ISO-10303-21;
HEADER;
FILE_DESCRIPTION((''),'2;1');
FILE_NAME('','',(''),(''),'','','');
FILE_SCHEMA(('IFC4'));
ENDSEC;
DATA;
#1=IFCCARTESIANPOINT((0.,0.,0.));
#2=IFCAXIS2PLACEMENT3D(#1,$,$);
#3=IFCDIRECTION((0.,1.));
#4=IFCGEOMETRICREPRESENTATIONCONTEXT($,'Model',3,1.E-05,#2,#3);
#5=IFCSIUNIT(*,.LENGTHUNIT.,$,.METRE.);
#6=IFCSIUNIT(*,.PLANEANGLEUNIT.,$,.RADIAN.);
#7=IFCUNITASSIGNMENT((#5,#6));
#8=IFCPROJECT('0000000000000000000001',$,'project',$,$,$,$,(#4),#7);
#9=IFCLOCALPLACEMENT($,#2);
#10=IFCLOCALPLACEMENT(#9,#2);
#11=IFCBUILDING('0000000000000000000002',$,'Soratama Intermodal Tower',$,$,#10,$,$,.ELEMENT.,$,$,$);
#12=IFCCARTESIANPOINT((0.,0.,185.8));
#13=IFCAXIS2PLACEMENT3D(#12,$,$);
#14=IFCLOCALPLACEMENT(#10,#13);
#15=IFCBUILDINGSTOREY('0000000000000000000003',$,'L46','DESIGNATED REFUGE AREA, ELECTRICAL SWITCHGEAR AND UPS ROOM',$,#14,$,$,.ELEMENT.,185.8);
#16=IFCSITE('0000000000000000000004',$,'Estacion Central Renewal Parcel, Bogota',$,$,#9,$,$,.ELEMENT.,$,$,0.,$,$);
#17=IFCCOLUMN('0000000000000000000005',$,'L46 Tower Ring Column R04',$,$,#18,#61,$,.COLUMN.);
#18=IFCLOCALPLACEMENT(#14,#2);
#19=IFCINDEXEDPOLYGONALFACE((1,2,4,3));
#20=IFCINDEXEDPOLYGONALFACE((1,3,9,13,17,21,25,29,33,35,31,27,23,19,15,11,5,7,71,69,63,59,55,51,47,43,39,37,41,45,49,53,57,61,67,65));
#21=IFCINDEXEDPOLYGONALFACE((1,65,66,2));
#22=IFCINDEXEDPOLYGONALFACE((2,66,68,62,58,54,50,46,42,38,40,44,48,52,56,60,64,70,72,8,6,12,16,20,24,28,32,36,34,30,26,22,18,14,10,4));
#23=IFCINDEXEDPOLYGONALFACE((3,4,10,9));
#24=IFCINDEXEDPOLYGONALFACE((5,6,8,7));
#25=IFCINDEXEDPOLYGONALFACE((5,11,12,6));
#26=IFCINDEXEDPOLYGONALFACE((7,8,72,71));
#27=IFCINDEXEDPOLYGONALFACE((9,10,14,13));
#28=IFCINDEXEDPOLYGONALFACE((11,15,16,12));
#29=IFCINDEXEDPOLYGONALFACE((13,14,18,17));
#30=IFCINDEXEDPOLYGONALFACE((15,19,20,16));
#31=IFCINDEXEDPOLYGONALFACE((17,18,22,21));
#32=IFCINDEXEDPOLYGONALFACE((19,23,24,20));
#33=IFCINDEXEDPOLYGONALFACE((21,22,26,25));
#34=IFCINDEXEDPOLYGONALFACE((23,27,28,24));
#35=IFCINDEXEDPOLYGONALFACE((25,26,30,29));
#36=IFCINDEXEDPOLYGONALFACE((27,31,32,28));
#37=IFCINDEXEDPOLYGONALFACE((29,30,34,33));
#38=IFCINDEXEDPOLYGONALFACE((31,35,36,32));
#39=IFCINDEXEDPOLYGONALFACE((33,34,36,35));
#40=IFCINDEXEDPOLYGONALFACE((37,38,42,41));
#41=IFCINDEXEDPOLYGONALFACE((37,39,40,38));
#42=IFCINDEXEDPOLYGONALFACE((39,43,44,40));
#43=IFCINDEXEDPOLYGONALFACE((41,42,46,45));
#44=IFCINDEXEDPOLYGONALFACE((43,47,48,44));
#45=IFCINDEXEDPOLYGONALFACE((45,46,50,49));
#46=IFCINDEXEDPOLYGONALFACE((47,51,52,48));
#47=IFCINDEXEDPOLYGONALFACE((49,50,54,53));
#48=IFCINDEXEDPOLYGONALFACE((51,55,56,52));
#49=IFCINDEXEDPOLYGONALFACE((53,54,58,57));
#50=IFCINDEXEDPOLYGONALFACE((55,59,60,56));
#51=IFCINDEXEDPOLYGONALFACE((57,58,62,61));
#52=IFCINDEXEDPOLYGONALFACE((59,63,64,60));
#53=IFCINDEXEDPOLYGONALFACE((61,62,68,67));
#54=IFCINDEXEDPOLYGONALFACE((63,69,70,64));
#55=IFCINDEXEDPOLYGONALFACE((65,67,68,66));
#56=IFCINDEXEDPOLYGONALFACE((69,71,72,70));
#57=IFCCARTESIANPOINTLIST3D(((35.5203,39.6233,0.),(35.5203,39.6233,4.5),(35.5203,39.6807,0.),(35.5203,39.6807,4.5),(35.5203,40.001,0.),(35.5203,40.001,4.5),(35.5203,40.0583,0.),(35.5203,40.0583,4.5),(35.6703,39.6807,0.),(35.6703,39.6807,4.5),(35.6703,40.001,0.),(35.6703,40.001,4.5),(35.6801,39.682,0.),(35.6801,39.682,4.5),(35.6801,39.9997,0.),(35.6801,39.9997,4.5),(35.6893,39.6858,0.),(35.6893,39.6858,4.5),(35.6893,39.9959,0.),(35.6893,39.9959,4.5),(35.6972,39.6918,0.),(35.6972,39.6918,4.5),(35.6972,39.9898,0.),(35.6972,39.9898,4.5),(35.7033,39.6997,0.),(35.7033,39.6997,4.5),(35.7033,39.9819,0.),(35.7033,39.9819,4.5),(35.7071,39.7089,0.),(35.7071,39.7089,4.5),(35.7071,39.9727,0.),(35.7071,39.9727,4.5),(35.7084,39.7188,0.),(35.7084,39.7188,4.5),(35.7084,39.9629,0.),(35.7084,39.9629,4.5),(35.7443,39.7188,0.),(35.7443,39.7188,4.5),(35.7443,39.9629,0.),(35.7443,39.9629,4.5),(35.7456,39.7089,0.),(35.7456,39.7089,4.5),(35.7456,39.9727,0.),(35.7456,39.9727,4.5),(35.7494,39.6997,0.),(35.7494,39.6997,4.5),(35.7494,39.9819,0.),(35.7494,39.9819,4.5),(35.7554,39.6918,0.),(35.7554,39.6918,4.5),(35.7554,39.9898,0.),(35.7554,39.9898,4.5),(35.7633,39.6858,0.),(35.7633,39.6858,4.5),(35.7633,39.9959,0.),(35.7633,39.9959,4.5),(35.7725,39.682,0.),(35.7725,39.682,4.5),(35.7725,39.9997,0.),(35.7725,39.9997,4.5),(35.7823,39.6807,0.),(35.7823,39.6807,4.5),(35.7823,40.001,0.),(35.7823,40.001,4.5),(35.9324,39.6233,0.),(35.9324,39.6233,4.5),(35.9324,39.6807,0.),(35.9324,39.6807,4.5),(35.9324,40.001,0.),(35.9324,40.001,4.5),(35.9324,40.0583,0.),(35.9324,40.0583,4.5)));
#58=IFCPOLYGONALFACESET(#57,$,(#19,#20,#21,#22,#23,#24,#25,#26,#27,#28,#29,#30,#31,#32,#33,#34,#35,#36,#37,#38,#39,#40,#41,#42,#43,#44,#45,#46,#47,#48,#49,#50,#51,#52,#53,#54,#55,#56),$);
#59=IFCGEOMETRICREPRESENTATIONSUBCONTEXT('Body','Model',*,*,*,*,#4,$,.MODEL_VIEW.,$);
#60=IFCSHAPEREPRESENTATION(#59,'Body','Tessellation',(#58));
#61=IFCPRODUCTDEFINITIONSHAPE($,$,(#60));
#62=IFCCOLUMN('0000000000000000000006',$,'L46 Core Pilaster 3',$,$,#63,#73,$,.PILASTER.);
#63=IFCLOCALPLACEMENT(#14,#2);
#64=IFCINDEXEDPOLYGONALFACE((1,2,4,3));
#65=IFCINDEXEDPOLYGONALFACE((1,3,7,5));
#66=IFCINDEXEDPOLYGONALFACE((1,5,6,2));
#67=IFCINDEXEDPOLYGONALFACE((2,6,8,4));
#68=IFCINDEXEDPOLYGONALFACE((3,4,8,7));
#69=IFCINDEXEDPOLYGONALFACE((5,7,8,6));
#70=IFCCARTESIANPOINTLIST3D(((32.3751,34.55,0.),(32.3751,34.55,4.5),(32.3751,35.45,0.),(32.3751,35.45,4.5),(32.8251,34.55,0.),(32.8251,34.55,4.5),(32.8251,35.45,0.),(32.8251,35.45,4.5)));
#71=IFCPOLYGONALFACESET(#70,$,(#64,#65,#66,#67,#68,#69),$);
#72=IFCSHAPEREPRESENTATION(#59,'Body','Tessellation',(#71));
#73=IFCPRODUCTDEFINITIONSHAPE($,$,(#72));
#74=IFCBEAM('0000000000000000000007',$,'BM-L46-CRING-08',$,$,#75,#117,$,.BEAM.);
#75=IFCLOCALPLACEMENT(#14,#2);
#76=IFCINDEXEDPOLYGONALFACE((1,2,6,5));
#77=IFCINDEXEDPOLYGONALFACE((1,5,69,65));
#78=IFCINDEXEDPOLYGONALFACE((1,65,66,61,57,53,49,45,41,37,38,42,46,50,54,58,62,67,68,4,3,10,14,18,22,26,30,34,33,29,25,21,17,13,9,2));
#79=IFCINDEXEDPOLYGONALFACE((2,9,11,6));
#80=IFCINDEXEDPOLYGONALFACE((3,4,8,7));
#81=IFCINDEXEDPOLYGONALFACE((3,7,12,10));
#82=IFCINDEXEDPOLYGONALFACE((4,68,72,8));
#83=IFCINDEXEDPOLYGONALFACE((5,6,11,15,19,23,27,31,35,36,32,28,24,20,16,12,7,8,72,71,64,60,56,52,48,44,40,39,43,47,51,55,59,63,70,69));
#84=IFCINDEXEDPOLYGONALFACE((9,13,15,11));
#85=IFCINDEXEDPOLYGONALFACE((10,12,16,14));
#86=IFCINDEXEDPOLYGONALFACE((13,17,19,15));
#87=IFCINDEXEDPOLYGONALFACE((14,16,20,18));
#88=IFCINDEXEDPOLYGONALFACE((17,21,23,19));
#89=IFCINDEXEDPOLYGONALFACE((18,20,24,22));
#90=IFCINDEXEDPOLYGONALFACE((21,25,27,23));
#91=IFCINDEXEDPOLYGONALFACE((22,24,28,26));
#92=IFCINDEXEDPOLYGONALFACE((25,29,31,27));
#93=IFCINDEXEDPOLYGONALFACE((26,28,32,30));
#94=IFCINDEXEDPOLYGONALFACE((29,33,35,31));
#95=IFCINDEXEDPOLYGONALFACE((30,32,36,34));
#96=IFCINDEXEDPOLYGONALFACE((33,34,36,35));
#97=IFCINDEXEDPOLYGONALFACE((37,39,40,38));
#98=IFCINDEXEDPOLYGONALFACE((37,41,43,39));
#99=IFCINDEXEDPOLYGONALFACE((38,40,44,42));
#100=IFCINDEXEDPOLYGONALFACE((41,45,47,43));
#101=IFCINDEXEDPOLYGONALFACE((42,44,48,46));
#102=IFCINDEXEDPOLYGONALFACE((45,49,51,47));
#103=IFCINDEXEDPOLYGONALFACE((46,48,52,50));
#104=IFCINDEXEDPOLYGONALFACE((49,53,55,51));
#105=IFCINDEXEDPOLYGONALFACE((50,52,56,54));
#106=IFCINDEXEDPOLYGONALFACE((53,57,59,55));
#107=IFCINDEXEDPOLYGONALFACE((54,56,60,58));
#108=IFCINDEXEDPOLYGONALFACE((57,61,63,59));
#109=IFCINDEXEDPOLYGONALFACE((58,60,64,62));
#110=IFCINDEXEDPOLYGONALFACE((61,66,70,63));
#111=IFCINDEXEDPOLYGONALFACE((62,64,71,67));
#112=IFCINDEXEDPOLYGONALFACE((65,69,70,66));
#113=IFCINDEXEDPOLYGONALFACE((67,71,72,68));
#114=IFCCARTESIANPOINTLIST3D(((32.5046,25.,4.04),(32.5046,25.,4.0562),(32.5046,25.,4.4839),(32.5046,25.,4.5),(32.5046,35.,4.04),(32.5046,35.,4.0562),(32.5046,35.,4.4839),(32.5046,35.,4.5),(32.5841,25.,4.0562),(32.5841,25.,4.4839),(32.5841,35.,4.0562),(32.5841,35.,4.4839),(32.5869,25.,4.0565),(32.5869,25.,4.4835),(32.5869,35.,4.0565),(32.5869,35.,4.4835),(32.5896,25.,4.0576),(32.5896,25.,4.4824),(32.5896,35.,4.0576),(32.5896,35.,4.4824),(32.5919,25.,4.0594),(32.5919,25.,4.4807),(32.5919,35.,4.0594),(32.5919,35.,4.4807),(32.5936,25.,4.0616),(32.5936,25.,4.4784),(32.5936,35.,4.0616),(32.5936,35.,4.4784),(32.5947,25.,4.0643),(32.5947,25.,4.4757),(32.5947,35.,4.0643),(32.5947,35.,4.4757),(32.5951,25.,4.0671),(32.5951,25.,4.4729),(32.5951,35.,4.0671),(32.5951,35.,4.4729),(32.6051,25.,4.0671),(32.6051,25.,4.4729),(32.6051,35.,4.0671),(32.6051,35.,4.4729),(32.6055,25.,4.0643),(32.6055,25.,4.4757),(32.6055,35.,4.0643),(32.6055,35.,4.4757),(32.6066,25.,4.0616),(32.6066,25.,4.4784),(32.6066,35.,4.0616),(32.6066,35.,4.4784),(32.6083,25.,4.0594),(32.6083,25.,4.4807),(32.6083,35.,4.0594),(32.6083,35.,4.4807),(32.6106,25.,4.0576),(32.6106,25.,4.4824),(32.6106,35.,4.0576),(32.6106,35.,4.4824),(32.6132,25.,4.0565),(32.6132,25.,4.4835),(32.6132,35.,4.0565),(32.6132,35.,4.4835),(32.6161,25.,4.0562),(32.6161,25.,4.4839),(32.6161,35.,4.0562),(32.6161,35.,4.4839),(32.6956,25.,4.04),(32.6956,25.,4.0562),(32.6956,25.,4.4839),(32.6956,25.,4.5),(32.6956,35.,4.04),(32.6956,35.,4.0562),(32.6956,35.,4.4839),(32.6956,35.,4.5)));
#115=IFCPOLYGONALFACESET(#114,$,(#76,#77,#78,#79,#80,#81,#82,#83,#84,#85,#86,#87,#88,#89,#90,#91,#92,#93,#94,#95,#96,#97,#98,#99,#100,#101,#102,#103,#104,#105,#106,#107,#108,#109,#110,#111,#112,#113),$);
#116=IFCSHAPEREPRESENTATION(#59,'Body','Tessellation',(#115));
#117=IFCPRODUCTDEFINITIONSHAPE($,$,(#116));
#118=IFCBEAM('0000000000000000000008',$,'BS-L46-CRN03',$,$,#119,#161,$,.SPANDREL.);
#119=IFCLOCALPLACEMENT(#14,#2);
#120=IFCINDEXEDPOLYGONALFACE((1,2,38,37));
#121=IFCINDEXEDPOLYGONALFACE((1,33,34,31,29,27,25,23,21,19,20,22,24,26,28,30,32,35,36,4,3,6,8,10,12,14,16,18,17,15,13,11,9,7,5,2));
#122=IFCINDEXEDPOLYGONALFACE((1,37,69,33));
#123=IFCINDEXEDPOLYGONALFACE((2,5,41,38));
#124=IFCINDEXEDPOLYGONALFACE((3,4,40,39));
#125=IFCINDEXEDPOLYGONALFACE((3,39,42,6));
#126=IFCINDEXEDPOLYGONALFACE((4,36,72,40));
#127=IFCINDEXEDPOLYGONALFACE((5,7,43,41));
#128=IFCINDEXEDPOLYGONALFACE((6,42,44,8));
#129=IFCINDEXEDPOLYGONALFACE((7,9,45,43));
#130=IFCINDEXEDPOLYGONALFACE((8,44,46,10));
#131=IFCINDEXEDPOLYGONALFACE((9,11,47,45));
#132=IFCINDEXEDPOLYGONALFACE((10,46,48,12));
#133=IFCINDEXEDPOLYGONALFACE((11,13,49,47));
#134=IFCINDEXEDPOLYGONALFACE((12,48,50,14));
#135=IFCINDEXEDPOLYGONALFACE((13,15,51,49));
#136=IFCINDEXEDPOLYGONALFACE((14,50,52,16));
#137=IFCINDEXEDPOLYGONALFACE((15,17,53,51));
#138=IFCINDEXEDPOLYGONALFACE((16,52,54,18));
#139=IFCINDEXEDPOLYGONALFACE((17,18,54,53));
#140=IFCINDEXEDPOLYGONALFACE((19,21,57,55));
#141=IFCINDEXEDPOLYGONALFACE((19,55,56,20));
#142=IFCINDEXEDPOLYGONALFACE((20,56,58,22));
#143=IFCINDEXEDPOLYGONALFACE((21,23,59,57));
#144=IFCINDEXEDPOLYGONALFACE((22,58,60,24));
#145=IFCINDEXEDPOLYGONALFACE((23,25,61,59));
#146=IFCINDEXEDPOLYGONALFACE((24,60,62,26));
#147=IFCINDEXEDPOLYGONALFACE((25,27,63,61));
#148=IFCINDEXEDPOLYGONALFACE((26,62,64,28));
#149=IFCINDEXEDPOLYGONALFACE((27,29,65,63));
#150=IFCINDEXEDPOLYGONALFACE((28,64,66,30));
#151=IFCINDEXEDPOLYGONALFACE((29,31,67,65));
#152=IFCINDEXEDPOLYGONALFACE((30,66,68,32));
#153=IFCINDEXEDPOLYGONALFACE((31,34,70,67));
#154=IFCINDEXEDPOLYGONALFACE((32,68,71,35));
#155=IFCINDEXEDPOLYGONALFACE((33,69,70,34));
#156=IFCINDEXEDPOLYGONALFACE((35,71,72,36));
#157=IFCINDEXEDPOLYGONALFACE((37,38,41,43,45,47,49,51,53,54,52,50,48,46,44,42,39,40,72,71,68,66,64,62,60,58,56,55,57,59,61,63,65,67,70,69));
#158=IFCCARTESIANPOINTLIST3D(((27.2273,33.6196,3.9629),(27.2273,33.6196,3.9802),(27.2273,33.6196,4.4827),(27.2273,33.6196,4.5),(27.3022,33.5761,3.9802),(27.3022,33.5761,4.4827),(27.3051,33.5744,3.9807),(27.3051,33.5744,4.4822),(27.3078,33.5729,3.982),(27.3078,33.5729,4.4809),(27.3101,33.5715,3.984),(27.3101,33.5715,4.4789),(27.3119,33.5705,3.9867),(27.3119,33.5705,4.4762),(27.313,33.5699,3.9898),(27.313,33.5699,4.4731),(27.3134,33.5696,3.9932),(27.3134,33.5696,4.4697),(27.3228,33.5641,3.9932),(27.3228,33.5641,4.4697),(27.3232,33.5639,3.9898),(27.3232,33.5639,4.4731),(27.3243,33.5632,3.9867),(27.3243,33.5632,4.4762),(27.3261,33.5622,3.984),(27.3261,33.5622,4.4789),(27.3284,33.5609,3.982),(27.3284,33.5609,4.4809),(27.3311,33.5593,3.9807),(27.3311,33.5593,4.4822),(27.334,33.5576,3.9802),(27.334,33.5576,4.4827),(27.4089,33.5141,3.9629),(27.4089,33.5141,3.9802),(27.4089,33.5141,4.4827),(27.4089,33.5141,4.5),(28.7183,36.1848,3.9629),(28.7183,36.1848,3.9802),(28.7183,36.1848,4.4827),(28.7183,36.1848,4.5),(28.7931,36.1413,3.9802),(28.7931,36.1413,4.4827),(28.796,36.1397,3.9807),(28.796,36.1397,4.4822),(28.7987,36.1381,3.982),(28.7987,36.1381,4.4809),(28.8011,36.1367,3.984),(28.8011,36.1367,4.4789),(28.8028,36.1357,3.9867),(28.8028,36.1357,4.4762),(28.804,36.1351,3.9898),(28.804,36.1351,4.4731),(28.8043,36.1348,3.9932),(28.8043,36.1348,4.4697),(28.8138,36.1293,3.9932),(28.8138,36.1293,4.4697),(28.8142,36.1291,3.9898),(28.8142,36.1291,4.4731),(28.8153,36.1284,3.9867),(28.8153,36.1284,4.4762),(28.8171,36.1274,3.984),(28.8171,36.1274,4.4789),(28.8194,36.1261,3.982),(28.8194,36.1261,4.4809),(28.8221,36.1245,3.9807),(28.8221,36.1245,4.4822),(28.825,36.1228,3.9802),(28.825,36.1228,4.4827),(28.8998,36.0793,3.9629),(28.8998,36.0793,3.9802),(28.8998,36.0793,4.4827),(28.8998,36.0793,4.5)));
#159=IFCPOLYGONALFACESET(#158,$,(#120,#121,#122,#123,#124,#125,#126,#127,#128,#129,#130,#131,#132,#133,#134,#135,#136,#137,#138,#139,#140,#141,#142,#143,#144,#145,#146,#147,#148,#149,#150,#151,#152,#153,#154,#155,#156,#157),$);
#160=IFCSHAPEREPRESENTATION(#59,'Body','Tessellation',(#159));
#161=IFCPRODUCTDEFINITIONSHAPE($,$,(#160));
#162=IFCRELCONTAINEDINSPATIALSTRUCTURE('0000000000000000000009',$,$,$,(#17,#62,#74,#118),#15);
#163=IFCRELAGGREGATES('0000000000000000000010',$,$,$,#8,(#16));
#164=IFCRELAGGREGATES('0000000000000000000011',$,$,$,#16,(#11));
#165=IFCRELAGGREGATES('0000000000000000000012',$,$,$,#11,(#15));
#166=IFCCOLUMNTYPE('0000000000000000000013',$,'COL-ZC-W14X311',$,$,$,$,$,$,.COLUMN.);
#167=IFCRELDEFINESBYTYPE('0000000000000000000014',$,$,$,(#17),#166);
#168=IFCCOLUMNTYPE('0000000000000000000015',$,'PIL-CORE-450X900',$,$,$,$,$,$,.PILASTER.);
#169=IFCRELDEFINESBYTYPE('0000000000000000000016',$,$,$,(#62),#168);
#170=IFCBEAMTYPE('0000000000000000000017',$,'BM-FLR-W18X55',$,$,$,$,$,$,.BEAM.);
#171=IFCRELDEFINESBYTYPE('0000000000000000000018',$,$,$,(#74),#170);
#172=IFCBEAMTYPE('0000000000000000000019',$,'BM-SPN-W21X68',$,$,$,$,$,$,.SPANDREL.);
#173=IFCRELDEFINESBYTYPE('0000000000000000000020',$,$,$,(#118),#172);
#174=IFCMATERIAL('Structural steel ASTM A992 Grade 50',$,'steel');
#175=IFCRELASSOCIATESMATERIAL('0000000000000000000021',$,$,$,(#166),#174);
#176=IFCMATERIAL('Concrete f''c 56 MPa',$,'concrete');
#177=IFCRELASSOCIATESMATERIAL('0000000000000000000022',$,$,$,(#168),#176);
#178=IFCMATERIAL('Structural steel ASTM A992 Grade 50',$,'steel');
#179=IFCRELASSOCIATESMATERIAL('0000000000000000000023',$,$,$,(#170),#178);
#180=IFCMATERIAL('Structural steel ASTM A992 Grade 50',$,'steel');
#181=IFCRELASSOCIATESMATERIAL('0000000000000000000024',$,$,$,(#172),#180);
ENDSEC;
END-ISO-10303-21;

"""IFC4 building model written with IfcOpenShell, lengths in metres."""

from ifc_helpers import new_model, si_unit, direction, frame, origin, origin_2d, place, context, subcontext, project, spatial, rectangle, i_section, extrude, material, material_profile, profile_set, type_object, element, save


model = new_model("IFC4")

# Units and contexts
model_context = context("Model", 3, precision=1e-05, world=origin(), true_north=direction((0.0, 1.0)))
body_context = subcontext(model_context, "Body", "Model", "MODEL_VIEW")
ifc_project = project(units=[si_unit("LENGTHUNIT", "METRE"), si_unit("PLANEANGLEUNIT", "RADIAN")], contexts=[model_context])

# Site, building, storey
site_placement = place(None, origin())
site = spatial("IfcSite", under=ifc_project, at=site_placement, Name="Estacion Central Renewal Parcel, Bogota", CompositionType="ELEMENT", RefElevation=0.0)
building_placement = place(site_placement, origin())
building = spatial("IfcBuilding", under=site, at=building_placement, Name="Soratama Intermodal Tower", CompositionType="ELEMENT")
storey_placement = place(building_placement, frame((0.0, 0.0, 185.8)))
storey = spatial("IfcBuildingStorey", under=building, at=storey_placement, Name="L46", Description="DESIGNATED REFUGE AREA, ELECTRICAL SWITCHGEAR AND UPS ROOM", CompositionType="ELEMENT", Elevation=185.8)

# Columns
ifc_material_1 = material(Name="Structural steel ASTM A992 Grade 50", Category="steel")
ifc_material_profile_1 = material_profile(ifc_material_1, i_section(OverallWidth=0.4121, OverallDepth=0.4351, WebThickness=0.0359, FlangeThickness=0.0574, FilletRadius=0.0381, at=origin_2d()), Name="W14X311")
ifc_profile_set_1 = profile_set([ifc_material_profile_1], Name="Structural steel ASTM A992 Grade 50")
column_type_1 = type_object("IfcColumnType", Name="COL-ZC-W14X311", PredefinedType="COLUMN", material=ifc_profile_set_1)
column_1_placement = place(storey_placement, frame((35.7263, 39.8408, 0.0), z_axis=(0.0, 0.0, 1.0), x_axis=(1.0, 0.0, 0.0)))
element("IfcColumn", 1, at=column_1_placement, inside=storey, type_object=column_type_1, Name="L46 Tower Ring Column R04", PredefinedType="COLUMN", context=body_context, shape_type="SweptSolid", body=[
    extrude(i_section(OverallWidth=0.4121, OverallDepth=0.4351, WebThickness=0.0359, FlangeThickness=0.0574, FilletRadius=0.0381, at=origin_2d()), origin(), (0.0, 0.0, 1.0), 4.5),
])
ifc_material_2 = material(Name="Concrete f'c 56 MPa", Category="concrete")
ifc_material_profile_2 = material_profile(ifc_material_2, rectangle(XDim=0.45, YDim=0.8999, at=origin_2d()), Name="RC450X900")
ifc_profile_set_2 = profile_set([ifc_material_profile_2], Name="Concrete f'c 56 MPa")
column_type_2 = type_object("IfcColumnType", Name="PIL-CORE-450X900", PredefinedType="PILASTER", material=ifc_profile_set_2)
column_2_placement = place(storey_placement, frame((32.6001, 35.0, 0.0), z_axis=(0.0, 0.0, 1.0), x_axis=(1.0, 0.0, 0.0)))
element("IfcColumn", 2, at=column_2_placement, inside=storey, type_object=column_type_2, Name="L46 Core Pilaster 3", PredefinedType="PILASTER", context=body_context, shape_type="SweptSolid", body=[
    extrude(rectangle(XDim=0.45, YDim=0.8999, at=origin_2d()), origin(), (0.0, 0.0, 1.0), 4.5),
])

# Beams
ifc_material_3 = material(Name="Structural steel ASTM A992 Grade 50", Category="steel")
ifc_material_profile_3 = material_profile(ifc_material_3, i_section(OverallWidth=0.1909, OverallDepth=0.46, WebThickness=0.01, FlangeThickness=0.0161, FilletRadius=0.011, at=origin_2d()), Name="W18X55")
ifc_profile_set_3 = profile_set([ifc_material_profile_3], Name="Structural steel ASTM A992 Grade 50")
beam_type_1 = type_object("IfcBeamType", Name="BM-FLR-W18X55", PredefinedType="BEAM", material=ifc_profile_set_3)
beam_1_placement = place(storey_placement, frame((32.6001, 35.0, 4.27), z_axis=(0.0, -1.0, 0.0), x_axis=(1.0, 0.0, 0.0)))
element("IfcBeam", 3, at=beam_1_placement, inside=storey, type_object=beam_type_1, Name="BM-L46-CRING-08", PredefinedType="BEAM", context=body_context, shape_type="SweptSolid", body=[
    extrude(i_section(OverallWidth=0.1909, OverallDepth=0.46, WebThickness=0.01, FlangeThickness=0.0161, FilletRadius=0.011, at=origin_2d()), origin(), (0.0, 0.0, 1.0), 10.0),
])
ifc_material_4 = material(Name="Structural steel ASTM A992 Grade 50", Category="steel")
ifc_material_profile_4 = material_profile(ifc_material_4, i_section(OverallWidth=0.21, OverallDepth=0.5371, WebThickness=0.011, FlangeThickness=0.0173, FilletRadius=0.0129, at=origin_2d()), Name="W21X68")
ifc_profile_set_4 = profile_set([ifc_material_profile_4], Name="Structural steel ASTM A992 Grade 50")
beam_type_2 = type_object("IfcBeamType", Name="BM-SPN-W21X68", PredefinedType="SPANDREL", material=ifc_profile_set_4)
beam_2_placement = place(storey_placement, frame((28.8091, 36.1321, 4.2314), z_axis=(-0.502515, -0.864569, 0.0), x_axis=(0.864569, -0.502515, 0.0)))
element("IfcBeam", 4, at=beam_2_placement, inside=storey, type_object=beam_type_2, Name="BS-L46-CRN03", PredefinedType="SPANDREL", context=body_context, shape_type="SweptSolid", body=[
    extrude(i_section(OverallWidth=0.21, OverallDepth=0.5371, WebThickness=0.011, FlangeThickness=0.0173, FilletRadius=0.0129, at=origin_2d()), origin(), (0.0, 0.0, 1.0), 2.967),
])

save(model, "model.ifc")
